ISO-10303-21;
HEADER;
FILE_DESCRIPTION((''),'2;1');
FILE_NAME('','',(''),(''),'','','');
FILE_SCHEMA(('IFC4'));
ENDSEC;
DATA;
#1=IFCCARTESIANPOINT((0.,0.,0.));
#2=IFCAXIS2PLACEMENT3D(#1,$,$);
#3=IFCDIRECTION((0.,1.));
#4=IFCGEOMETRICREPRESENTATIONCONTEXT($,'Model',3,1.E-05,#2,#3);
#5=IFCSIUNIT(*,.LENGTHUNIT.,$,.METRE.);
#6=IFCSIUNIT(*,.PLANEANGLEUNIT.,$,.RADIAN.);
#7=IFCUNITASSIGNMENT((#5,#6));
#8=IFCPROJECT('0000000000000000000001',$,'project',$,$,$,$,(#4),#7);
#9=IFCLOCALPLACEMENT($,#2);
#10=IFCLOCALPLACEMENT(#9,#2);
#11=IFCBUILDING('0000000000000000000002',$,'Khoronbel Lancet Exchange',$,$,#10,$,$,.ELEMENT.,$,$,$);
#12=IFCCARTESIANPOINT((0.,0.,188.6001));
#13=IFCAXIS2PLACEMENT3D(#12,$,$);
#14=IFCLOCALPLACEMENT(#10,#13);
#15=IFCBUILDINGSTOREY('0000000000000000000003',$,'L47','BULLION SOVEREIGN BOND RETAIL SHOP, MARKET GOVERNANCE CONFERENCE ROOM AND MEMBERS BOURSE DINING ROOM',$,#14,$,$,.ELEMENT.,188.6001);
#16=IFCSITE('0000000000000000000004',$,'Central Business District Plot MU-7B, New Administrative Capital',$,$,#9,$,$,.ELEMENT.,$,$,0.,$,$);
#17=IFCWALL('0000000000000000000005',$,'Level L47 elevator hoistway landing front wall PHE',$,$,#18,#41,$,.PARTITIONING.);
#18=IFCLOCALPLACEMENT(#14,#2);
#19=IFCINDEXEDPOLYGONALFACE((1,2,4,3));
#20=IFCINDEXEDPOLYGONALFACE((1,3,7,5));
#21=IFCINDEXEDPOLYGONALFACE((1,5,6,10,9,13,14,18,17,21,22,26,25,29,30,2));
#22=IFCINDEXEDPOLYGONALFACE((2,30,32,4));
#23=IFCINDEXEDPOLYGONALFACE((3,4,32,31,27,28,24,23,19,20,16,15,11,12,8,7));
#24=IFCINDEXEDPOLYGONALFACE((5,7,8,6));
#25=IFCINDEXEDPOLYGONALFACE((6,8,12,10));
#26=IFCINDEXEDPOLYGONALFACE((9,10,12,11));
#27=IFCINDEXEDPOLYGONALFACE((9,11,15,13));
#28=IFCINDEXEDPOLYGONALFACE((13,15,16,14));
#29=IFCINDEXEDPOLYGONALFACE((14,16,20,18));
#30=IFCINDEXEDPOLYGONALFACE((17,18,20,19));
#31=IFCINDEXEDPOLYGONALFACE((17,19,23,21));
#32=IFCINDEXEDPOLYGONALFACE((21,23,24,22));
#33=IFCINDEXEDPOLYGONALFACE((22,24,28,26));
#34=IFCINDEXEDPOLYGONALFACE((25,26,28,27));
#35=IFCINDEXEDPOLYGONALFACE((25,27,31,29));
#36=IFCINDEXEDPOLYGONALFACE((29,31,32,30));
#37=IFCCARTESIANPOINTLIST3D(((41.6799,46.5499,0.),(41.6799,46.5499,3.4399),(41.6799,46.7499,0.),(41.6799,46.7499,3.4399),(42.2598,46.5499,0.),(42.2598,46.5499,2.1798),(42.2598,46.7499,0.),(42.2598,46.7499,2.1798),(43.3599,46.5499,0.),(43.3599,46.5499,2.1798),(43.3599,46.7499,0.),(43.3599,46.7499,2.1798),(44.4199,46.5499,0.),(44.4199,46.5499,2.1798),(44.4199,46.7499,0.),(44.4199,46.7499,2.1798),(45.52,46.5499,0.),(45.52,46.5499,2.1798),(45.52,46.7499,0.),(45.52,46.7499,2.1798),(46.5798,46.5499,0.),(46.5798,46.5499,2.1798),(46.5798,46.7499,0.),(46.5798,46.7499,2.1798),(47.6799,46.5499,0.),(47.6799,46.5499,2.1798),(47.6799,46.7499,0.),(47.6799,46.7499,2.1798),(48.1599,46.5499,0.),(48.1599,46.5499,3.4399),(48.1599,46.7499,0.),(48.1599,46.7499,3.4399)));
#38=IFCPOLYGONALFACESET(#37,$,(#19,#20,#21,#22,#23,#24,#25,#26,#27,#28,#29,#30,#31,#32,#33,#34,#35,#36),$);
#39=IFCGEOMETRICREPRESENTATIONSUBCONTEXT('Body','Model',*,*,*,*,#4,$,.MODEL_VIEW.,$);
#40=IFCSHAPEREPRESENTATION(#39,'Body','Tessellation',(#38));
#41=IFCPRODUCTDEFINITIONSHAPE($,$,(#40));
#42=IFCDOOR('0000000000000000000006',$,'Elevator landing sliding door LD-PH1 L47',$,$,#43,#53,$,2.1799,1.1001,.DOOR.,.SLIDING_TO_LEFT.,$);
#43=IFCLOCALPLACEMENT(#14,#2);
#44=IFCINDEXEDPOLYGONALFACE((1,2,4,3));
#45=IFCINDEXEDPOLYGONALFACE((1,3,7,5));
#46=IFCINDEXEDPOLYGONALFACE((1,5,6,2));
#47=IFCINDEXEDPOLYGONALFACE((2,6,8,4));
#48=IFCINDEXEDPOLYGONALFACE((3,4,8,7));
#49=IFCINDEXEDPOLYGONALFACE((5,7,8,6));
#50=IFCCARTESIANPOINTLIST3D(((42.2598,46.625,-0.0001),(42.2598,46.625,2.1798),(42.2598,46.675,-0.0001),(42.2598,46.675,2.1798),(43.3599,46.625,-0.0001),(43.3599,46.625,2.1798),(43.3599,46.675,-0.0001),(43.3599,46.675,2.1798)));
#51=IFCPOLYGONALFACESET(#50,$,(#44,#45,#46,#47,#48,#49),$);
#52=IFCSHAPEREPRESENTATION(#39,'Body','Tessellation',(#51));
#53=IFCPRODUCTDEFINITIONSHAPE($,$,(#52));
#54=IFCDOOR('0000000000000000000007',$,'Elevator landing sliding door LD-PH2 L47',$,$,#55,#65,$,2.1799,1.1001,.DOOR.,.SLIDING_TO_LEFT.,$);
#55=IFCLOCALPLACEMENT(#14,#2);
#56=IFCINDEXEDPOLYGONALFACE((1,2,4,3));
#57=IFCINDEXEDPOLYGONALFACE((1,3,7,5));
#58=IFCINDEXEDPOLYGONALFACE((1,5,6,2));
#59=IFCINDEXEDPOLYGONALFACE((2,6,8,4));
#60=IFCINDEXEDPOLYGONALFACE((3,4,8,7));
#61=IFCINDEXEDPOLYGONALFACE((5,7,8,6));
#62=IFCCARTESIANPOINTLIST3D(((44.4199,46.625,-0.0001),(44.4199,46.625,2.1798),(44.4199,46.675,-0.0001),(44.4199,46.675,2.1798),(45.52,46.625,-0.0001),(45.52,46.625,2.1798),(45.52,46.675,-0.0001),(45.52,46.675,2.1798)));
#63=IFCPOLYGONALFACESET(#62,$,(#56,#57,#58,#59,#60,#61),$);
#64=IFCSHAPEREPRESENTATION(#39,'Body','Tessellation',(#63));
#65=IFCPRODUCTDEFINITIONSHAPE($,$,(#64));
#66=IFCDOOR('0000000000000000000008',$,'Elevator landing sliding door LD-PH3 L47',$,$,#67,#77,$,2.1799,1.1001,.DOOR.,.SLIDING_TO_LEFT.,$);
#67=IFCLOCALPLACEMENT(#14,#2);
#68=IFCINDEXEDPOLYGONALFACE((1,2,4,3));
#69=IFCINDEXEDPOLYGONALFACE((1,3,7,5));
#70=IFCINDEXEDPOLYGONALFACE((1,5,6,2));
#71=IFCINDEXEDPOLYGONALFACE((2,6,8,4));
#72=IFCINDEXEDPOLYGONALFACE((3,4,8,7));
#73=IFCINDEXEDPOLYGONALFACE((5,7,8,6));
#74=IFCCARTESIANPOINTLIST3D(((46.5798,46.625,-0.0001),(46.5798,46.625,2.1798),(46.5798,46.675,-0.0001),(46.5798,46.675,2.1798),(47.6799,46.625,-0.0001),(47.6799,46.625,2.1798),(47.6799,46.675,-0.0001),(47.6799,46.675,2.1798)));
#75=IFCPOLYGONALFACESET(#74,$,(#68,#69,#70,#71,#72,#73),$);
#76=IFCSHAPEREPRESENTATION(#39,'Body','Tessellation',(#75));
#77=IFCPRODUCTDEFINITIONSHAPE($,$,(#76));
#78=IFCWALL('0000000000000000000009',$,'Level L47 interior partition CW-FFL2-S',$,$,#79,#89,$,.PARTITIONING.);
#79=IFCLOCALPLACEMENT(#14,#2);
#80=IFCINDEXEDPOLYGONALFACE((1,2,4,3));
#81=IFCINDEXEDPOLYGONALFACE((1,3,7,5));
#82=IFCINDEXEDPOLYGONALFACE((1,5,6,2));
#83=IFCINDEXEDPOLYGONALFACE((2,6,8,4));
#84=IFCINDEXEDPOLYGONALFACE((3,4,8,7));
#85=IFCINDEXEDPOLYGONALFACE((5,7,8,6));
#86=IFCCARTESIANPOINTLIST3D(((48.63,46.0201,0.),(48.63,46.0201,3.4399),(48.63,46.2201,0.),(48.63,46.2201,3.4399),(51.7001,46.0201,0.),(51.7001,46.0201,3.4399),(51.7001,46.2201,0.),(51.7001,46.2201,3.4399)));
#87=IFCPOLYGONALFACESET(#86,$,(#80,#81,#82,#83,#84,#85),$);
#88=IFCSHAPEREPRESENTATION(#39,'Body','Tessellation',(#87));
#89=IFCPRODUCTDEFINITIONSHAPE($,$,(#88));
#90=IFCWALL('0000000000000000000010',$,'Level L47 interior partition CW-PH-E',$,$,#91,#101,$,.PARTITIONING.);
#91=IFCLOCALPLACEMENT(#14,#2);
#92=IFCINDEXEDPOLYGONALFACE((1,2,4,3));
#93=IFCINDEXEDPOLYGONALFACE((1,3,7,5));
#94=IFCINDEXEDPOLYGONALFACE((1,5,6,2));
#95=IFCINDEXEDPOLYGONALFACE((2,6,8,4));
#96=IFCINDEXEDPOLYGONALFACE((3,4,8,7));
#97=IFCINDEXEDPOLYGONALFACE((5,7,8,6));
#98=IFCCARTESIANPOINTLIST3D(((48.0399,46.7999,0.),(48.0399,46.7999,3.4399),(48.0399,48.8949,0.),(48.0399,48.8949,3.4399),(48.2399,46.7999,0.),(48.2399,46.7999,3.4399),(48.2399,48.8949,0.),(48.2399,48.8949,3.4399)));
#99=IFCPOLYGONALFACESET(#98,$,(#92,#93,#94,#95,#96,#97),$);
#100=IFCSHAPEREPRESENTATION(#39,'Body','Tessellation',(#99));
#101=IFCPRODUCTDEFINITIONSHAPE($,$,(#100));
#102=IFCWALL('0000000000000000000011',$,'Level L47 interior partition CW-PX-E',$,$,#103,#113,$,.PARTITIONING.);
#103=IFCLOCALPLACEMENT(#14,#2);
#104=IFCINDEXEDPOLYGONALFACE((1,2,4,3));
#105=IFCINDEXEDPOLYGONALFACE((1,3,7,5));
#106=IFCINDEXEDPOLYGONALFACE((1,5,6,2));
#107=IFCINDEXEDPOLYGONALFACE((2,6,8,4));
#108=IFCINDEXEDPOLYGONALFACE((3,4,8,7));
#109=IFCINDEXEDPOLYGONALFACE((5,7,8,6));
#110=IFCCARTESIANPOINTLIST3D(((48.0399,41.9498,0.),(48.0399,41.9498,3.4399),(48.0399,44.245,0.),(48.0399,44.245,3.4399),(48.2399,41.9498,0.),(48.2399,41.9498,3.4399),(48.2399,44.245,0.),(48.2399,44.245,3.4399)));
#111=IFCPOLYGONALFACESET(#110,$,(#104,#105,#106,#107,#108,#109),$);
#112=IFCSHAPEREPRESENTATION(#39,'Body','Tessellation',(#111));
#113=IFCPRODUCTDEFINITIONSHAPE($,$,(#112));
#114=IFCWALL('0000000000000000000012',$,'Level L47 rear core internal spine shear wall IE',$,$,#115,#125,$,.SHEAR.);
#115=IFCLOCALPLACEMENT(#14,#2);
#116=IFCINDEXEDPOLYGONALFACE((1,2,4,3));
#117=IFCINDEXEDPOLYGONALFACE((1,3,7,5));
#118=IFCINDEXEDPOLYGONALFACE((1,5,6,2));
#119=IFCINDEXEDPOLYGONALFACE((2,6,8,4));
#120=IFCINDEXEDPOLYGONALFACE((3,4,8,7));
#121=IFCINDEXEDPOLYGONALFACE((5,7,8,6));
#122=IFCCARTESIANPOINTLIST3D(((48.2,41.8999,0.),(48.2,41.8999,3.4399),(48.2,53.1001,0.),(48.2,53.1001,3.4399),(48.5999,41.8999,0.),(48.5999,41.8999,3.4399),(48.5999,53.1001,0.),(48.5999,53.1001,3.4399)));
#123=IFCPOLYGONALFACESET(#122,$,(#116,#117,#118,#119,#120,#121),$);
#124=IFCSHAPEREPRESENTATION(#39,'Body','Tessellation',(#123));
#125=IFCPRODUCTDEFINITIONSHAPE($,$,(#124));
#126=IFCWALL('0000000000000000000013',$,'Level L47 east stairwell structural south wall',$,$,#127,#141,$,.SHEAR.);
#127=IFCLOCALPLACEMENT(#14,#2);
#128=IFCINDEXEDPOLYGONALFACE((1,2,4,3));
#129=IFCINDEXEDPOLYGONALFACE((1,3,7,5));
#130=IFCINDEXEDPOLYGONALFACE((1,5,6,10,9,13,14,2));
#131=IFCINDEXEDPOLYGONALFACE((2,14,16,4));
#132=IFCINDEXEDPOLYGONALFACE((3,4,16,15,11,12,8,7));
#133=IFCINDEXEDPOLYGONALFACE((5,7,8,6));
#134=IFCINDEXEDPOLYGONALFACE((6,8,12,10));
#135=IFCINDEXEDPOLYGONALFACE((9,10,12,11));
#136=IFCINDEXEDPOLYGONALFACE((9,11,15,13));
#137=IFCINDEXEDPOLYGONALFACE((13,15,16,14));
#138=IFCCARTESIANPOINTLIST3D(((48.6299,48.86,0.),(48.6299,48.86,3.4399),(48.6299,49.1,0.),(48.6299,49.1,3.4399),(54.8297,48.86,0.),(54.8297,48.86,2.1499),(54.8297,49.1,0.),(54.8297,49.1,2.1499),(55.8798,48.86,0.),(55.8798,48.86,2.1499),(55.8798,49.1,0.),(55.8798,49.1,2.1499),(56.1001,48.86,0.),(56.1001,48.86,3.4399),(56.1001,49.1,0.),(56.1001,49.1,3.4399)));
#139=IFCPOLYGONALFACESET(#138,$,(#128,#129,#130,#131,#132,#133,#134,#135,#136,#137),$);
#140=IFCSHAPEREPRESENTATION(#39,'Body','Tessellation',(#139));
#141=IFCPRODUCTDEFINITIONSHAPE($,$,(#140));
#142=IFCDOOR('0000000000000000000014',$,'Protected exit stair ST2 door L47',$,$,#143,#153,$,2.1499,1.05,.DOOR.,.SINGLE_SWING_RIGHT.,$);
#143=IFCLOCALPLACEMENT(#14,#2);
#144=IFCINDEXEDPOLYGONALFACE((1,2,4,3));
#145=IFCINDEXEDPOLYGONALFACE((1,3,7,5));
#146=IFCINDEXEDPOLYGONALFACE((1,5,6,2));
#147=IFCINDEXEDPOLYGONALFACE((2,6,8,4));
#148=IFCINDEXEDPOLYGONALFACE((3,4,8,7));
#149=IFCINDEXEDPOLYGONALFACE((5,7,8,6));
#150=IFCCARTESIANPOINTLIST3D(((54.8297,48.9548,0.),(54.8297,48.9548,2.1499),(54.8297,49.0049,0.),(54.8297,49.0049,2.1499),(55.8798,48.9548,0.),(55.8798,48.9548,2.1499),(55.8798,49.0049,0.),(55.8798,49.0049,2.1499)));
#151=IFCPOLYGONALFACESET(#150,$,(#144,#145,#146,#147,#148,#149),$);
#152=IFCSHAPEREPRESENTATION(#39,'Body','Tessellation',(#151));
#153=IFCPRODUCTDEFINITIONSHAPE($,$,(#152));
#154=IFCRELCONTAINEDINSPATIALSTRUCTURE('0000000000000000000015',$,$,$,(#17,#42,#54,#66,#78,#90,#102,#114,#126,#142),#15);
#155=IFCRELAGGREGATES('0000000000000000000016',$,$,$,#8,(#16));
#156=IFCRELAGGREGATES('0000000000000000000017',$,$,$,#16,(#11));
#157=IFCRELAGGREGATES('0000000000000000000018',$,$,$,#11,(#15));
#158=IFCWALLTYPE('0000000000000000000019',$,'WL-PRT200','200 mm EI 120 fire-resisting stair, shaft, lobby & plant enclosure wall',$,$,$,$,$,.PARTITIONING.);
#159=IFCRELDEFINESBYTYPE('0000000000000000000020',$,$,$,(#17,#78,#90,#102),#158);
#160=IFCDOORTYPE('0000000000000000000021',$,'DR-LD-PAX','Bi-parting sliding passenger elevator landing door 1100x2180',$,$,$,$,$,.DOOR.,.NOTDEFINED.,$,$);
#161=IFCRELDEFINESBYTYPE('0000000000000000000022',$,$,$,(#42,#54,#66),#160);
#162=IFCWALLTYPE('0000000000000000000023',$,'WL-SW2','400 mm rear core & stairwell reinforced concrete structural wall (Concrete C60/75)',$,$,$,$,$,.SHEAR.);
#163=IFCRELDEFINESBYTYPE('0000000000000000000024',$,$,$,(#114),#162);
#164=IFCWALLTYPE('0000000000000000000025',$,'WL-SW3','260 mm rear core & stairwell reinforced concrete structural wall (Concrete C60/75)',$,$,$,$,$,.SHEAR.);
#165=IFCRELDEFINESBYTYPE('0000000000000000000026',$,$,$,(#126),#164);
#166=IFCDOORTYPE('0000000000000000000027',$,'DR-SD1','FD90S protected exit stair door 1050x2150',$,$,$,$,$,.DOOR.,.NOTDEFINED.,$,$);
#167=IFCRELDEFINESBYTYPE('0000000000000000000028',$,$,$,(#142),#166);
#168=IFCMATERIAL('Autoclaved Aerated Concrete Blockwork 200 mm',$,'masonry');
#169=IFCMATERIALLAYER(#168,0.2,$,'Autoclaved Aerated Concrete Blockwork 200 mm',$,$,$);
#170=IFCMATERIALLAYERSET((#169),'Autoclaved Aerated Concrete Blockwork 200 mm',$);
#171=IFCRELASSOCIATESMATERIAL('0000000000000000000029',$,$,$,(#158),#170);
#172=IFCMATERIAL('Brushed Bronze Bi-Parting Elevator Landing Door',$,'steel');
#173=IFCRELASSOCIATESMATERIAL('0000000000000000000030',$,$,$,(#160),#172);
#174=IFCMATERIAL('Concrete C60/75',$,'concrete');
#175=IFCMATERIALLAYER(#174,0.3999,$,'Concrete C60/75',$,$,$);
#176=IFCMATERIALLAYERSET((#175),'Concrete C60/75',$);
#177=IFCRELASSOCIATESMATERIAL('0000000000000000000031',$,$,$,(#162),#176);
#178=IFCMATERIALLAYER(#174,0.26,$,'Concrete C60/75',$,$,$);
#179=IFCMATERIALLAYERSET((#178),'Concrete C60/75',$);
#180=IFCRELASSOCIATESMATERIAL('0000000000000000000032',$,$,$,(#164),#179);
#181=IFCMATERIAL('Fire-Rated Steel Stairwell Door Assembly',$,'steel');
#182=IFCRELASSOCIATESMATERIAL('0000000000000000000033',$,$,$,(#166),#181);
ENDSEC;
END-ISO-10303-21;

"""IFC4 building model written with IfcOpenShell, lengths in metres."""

from ifc_helpers import new_model, si_unit, direction, frame, frame_2d, origin, place, context, subcontext, project, spatial, rectangle, extrude, material, layer, layer_set, type_object, element, fill, save


model = new_model("IFC4")

# Units and contexts
model_context = context("Model", 3, precision=1e-05, world=origin(), true_north=direction((0.0, 1.0)))
body_context = subcontext(model_context, "Body", "Model", "MODEL_VIEW")
ifc_project = project(units=[si_unit("LENGTHUNIT", "METRE"), si_unit("PLANEANGLEUNIT", "RADIAN")], contexts=[model_context])

# Site, building, storey
site_placement = place(None, origin())
site = spatial("IfcSite", under=ifc_project, at=site_placement, Name="Central Business District Plot MU-7B, New Administrative Capital", CompositionType="ELEMENT", RefElevation=0.0)
building_placement = place(site_placement, origin())
building = spatial("IfcBuilding", under=site, at=building_placement, Name="Khoronbel Lancet Exchange", CompositionType="ELEMENT")
storey_placement = place(building_placement, frame((0.0, 0.0, 188.6001)))
storey = spatial("IfcBuildingStorey", under=building, at=storey_placement, Name="L47", Description="BULLION SOVEREIGN BOND RETAIL SHOP, MARKET GOVERNANCE CONFERENCE ROOM AND MEMBERS BOURSE DINING ROOM", CompositionType="ELEMENT", Elevation=188.6001)

# Shared definitions
ifc_material_1 = material(Name="Autoclaved Aerated Concrete Blockwork 200 mm", Category="masonry")
ifc_layer_1 = layer(ifc_material_1, 0.2, Name="Autoclaved Aerated Concrete Blockwork 200 mm")
ifc_layer_set_1 = layer_set([ifc_layer_1], Name="Autoclaved Aerated Concrete Blockwork 200 mm")
wall_type_1 = type_object("IfcWallType", Name="WL-PRT200", Description="200 mm EI 120 fire-resisting stair, shaft, lobby & plant enclosure wall", PredefinedType="PARTITIONING", material=ifc_layer_set_1)

# Wall, openings, doors
wall_1_placement = place(storey_placement, frame((48.1599, 46.6499, 0.0), z_axis=(0.0, 0.0, 1.0), x_axis=(-1.0, 0.0, 0.0)))
wall_1 = element("IfcWall", 1, at=wall_1_placement, inside=storey, type_object=wall_type_1, Name="Level L47 elevator hoistway landing front wall PHE", PredefinedType="PARTITIONING", context=body_context, shape_type="SweptSolid", body=[
    extrude(rectangle(XDim=6.48, YDim=0.2, at=frame_2d((3.24, 0.0))), origin(), (0.0, 0.0, 1.0), 3.4399),
])
opening_1_placement = place(wall_1_placement, frame((4.8, 0.0, 0.0)))
opening_1 = element("IfcOpeningElement", 2, at=opening_1_placement, cuts=wall_1, PredefinedType="OPENING", context=body_context, shape_type="SweptSolid", body=[
    extrude(rectangle(XDim=1.1001, YDim=2.1799, at=frame_2d((0.55, 1.0898))), frame((0.0, 0.1099, 0.0), z_axis=(0.0, -1.0, 0.0), x_axis=(1.0, 0.0, 0.0)), (0.0, 0.0, 1.0), 0.22),
])
opening_2_placement = place(wall_1_placement, frame((2.6399, 0.0, 0.0)))
opening_2 = element("IfcOpeningElement", 3, at=opening_2_placement, cuts=wall_1, PredefinedType="OPENING", context=body_context, shape_type="SweptSolid", body=[
    extrude(rectangle(XDim=1.1001, YDim=2.1799, at=frame_2d((0.55, 1.0898))), frame((0.0, 0.1099, 0.0), z_axis=(0.0, -1.0, 0.0), x_axis=(1.0, 0.0, 0.0)), (0.0, 0.0, 1.0), 0.22),
])
opening_3_placement = place(wall_1_placement, frame((0.48, 0.0, 0.0)))
opening_3 = element("IfcOpeningElement", 4, at=opening_3_placement, cuts=wall_1, PredefinedType="OPENING", context=body_context, shape_type="SweptSolid", body=[
    extrude(rectangle(XDim=1.1001, YDim=2.1799, at=frame_2d((0.55, 1.0898))), frame((0.0, 0.1099, 0.0), z_axis=(0.0, -1.0, 0.0), x_axis=(1.0, 0.0, 0.0)), (0.0, 0.0, 1.0), 0.22),
])
ifc_material_2 = material(Name="Brushed Bronze Bi-Parting Elevator Landing Door", Category="steel")
door_type_1 = type_object("IfcDoorType", Name="DR-LD-PAX", Description="Bi-parting sliding passenger elevator landing door 1100x2180", OperationType="NOTDEFINED", PredefinedType="DOOR", material=ifc_material_2)
door_1_placement = place(opening_1_placement, origin())
door_1 = element("IfcDoor", 5, at=door_1_placement, inside=storey, type_object=door_type_1, Name="Elevator landing sliding door LD-PH1 L47", OperationType="SLIDING_TO_LEFT", OverallHeight=2.1799, OverallWidth=1.1001, PredefinedType="DOOR", context=body_context, shape_type="SweptSolid", body=[
    extrude(rectangle(XDim=1.1001, YDim=2.1799, at=frame_2d((0.55, 1.0898))), frame((0.0, 0.0249, 0.0), z_axis=(0.0, -1.0, 0.0), x_axis=(1.0, 0.0, 0.0)), (0.0, 0.0, 1.0), 0.05),
])
fill(opening_1, door_1)
door_2_placement = place(opening_2_placement, origin())
door_2 = element("IfcDoor", 6, at=door_2_placement, inside=storey, type_object=door_type_1, Name="Elevator landing sliding door LD-PH2 L47", OperationType="SLIDING_TO_LEFT", OverallHeight=2.1799, OverallWidth=1.1001, PredefinedType="DOOR", context=body_context, shape_type="SweptSolid", body=[
    extrude(rectangle(XDim=1.1001, YDim=2.1799, at=frame_2d((0.55, 1.0898))), frame((0.0, 0.0249, 0.0), z_axis=(0.0, -1.0, 0.0), x_axis=(1.0, 0.0, 0.0)), (0.0, 0.0, 1.0), 0.05),
])
fill(opening_2, door_2)
door_3_placement = place(opening_3_placement, origin())
door_3 = element("IfcDoor", 7, at=door_3_placement, inside=storey, type_object=door_type_1, Name="Elevator landing sliding door LD-PH3 L47", OperationType="SLIDING_TO_LEFT", OverallHeight=2.1799, OverallWidth=1.1001, PredefinedType="DOOR", context=body_context, shape_type="SweptSolid", body=[
    extrude(rectangle(XDim=1.1001, YDim=2.1799, at=frame_2d((0.55, 1.0898))), frame((0.0, 0.0249, 0.0), z_axis=(0.0, -1.0, 0.0), x_axis=(1.0, 0.0, 0.0)), (0.0, 0.0, 1.0), 0.05),
])
fill(opening_3, door_3)

# Walls
wall_2_placement = place(storey_placement, frame((48.6299, 46.1201, 0.0), z_axis=(0.0, 0.0, 1.0), x_axis=(1.0, 0.0, 0.0)))
element("IfcWall", 8, at=wall_2_placement, inside=storey, type_object=wall_type_1, Name="Level L47 interior partition CW-FFL2-S", PredefinedType="PARTITIONING", context=body_context, shape_type="SweptSolid", body=[
    extrude(rectangle(XDim=3.0701, YDim=0.2, at=frame_2d((1.5352, 0.0))), origin(), (0.0, 0.0, 1.0), 3.4399),
])
wall_3_placement = place(storey_placement, frame((48.1399, 46.8, 0.0), z_axis=(0.0, 0.0, 1.0), x_axis=(0.0, 1.0, 0.0)))
element("IfcWall", 9, at=wall_3_placement, inside=storey, type_object=wall_type_1, Name="Level L47 interior partition CW-PH-E", PredefinedType="PARTITIONING", context=body_context, shape_type="SweptSolid", body=[
    extrude(rectangle(XDim=2.095, YDim=0.2, at=frame_2d((1.0474, 0.0))), origin(), (0.0, 0.0, 1.0), 3.4399),
])
wall_4_placement = place(storey_placement, frame((48.1399, 41.95, 0.0), z_axis=(0.0, 0.0, 1.0), x_axis=(0.0, 1.0, 0.0)))
element("IfcWall", 10, at=wall_4_placement, inside=storey, type_object=wall_type_1, Name="Level L47 interior partition CW-PX-E", PredefinedType="PARTITIONING", context=body_context, shape_type="SweptSolid", body=[
    extrude(rectangle(XDim=2.2952, YDim=0.2, at=frame_2d((1.1475, 0.0))), origin(), (0.0, 0.0, 1.0), 3.4399),
])
ifc_material_3 = material(Name="Concrete C60/75", Category="concrete")
ifc_layer_2 = layer(ifc_material_3, 0.3999, Name="Concrete C60/75")
ifc_layer_set_2 = layer_set([ifc_layer_2], Name="Concrete C60/75")
wall_type_2 = type_object("IfcWallType", Name="WL-SW2", Description="400 mm rear core & stairwell reinforced concrete structural wall (Concrete C60/75)", PredefinedType="SHEAR", material=ifc_layer_set_2)
wall_5_placement = place(storey_placement, frame((48.3999, 41.8999, 0.0), z_axis=(0.0, 0.0, 1.0), x_axis=(0.0, 1.0, 0.0)))
element("IfcWall", 11, at=wall_5_placement, inside=storey, type_object=wall_type_2, Name="Level L47 rear core internal spine shear wall IE", PredefinedType="SHEAR", context=body_context, shape_type="SweptSolid", body=[
    extrude(rectangle(XDim=11.2002, YDim=0.3999, at=frame_2d((5.6001, 0.0))), origin(), (0.0, 0.0, 1.0), 3.4399),
])

# Wall, opening, door
ifc_layer_3 = layer(ifc_material_3, 0.26, Name="Concrete C60/75")
ifc_layer_set_3 = layer_set([ifc_layer_3], Name="Concrete C60/75")
wall_type_3 = type_object("IfcWallType", Name="WL-SW3", Description="260 mm rear core & stairwell reinforced concrete structural wall (Concrete C60/75)", PredefinedType="SHEAR", material=ifc_layer_set_3)
wall_6_placement = place(storey_placement, frame((48.6299, 48.98, 0.0), z_axis=(0.0, 0.0, 1.0), x_axis=(1.0, 0.0, 0.0)))
wall_6 = element("IfcWall", 12, at=wall_6_placement, inside=storey, type_object=wall_type_3, Name="Level L47 east stairwell structural south wall", PredefinedType="SHEAR", context=body_context, shape_type="SweptSolid", body=[
    extrude(rectangle(XDim=7.4702, YDim=0.24, at=frame_2d((3.7351, 0.0))), origin(), (0.0, 0.0, 1.0), 3.4399),
])
opening_4_placement = place(wall_6_placement, frame((6.2, 0.0, 0.0)))
opening_4 = element("IfcOpeningElement", 13, at=opening_4_placement, cuts=wall_6, PredefinedType="OPENING", context=body_context, shape_type="SweptSolid", body=[
    extrude(rectangle(XDim=1.05, YDim=2.1499, at=frame_2d((0.5249, 1.075))), frame((0.0, 0.1299, 0.0), z_axis=(0.0, -1.0, 0.0), x_axis=(1.0, 0.0, 0.0)), (0.0, 0.0, 1.0), 0.26),
])
ifc_material_4 = material(Name="Fire-Rated Steel Stairwell Door Assembly", Category="steel")
door_type_2 = type_object("IfcDoorType", Name="DR-SD1", Description="FD90S protected exit stair door 1050x2150", OperationType="NOTDEFINED", PredefinedType="DOOR", material=ifc_material_4)
door_4_placement = place(opening_4_placement, origin())
door_4 = element("IfcDoor", 14, at=door_4_placement, inside=storey, type_object=door_type_2, Name="Protected exit stair ST2 door L47", OperationType="SINGLE_SWING_RIGHT", OverallHeight=2.1499, OverallWidth=1.05, PredefinedType="DOOR", context=body_context, shape_type="SweptSolid", body=[
    extrude(rectangle(XDim=1.05, YDim=2.1499, at=frame_2d((0.5249, 1.075))), frame((0.0, 0.0249, 0.0), z_axis=(0.0, -1.0, 0.0), x_axis=(1.0, 0.0, 0.0)), (0.0, 0.0, 1.0), 0.05),
])
fill(opening_4, door_4)

save(model, "model.ifc")
